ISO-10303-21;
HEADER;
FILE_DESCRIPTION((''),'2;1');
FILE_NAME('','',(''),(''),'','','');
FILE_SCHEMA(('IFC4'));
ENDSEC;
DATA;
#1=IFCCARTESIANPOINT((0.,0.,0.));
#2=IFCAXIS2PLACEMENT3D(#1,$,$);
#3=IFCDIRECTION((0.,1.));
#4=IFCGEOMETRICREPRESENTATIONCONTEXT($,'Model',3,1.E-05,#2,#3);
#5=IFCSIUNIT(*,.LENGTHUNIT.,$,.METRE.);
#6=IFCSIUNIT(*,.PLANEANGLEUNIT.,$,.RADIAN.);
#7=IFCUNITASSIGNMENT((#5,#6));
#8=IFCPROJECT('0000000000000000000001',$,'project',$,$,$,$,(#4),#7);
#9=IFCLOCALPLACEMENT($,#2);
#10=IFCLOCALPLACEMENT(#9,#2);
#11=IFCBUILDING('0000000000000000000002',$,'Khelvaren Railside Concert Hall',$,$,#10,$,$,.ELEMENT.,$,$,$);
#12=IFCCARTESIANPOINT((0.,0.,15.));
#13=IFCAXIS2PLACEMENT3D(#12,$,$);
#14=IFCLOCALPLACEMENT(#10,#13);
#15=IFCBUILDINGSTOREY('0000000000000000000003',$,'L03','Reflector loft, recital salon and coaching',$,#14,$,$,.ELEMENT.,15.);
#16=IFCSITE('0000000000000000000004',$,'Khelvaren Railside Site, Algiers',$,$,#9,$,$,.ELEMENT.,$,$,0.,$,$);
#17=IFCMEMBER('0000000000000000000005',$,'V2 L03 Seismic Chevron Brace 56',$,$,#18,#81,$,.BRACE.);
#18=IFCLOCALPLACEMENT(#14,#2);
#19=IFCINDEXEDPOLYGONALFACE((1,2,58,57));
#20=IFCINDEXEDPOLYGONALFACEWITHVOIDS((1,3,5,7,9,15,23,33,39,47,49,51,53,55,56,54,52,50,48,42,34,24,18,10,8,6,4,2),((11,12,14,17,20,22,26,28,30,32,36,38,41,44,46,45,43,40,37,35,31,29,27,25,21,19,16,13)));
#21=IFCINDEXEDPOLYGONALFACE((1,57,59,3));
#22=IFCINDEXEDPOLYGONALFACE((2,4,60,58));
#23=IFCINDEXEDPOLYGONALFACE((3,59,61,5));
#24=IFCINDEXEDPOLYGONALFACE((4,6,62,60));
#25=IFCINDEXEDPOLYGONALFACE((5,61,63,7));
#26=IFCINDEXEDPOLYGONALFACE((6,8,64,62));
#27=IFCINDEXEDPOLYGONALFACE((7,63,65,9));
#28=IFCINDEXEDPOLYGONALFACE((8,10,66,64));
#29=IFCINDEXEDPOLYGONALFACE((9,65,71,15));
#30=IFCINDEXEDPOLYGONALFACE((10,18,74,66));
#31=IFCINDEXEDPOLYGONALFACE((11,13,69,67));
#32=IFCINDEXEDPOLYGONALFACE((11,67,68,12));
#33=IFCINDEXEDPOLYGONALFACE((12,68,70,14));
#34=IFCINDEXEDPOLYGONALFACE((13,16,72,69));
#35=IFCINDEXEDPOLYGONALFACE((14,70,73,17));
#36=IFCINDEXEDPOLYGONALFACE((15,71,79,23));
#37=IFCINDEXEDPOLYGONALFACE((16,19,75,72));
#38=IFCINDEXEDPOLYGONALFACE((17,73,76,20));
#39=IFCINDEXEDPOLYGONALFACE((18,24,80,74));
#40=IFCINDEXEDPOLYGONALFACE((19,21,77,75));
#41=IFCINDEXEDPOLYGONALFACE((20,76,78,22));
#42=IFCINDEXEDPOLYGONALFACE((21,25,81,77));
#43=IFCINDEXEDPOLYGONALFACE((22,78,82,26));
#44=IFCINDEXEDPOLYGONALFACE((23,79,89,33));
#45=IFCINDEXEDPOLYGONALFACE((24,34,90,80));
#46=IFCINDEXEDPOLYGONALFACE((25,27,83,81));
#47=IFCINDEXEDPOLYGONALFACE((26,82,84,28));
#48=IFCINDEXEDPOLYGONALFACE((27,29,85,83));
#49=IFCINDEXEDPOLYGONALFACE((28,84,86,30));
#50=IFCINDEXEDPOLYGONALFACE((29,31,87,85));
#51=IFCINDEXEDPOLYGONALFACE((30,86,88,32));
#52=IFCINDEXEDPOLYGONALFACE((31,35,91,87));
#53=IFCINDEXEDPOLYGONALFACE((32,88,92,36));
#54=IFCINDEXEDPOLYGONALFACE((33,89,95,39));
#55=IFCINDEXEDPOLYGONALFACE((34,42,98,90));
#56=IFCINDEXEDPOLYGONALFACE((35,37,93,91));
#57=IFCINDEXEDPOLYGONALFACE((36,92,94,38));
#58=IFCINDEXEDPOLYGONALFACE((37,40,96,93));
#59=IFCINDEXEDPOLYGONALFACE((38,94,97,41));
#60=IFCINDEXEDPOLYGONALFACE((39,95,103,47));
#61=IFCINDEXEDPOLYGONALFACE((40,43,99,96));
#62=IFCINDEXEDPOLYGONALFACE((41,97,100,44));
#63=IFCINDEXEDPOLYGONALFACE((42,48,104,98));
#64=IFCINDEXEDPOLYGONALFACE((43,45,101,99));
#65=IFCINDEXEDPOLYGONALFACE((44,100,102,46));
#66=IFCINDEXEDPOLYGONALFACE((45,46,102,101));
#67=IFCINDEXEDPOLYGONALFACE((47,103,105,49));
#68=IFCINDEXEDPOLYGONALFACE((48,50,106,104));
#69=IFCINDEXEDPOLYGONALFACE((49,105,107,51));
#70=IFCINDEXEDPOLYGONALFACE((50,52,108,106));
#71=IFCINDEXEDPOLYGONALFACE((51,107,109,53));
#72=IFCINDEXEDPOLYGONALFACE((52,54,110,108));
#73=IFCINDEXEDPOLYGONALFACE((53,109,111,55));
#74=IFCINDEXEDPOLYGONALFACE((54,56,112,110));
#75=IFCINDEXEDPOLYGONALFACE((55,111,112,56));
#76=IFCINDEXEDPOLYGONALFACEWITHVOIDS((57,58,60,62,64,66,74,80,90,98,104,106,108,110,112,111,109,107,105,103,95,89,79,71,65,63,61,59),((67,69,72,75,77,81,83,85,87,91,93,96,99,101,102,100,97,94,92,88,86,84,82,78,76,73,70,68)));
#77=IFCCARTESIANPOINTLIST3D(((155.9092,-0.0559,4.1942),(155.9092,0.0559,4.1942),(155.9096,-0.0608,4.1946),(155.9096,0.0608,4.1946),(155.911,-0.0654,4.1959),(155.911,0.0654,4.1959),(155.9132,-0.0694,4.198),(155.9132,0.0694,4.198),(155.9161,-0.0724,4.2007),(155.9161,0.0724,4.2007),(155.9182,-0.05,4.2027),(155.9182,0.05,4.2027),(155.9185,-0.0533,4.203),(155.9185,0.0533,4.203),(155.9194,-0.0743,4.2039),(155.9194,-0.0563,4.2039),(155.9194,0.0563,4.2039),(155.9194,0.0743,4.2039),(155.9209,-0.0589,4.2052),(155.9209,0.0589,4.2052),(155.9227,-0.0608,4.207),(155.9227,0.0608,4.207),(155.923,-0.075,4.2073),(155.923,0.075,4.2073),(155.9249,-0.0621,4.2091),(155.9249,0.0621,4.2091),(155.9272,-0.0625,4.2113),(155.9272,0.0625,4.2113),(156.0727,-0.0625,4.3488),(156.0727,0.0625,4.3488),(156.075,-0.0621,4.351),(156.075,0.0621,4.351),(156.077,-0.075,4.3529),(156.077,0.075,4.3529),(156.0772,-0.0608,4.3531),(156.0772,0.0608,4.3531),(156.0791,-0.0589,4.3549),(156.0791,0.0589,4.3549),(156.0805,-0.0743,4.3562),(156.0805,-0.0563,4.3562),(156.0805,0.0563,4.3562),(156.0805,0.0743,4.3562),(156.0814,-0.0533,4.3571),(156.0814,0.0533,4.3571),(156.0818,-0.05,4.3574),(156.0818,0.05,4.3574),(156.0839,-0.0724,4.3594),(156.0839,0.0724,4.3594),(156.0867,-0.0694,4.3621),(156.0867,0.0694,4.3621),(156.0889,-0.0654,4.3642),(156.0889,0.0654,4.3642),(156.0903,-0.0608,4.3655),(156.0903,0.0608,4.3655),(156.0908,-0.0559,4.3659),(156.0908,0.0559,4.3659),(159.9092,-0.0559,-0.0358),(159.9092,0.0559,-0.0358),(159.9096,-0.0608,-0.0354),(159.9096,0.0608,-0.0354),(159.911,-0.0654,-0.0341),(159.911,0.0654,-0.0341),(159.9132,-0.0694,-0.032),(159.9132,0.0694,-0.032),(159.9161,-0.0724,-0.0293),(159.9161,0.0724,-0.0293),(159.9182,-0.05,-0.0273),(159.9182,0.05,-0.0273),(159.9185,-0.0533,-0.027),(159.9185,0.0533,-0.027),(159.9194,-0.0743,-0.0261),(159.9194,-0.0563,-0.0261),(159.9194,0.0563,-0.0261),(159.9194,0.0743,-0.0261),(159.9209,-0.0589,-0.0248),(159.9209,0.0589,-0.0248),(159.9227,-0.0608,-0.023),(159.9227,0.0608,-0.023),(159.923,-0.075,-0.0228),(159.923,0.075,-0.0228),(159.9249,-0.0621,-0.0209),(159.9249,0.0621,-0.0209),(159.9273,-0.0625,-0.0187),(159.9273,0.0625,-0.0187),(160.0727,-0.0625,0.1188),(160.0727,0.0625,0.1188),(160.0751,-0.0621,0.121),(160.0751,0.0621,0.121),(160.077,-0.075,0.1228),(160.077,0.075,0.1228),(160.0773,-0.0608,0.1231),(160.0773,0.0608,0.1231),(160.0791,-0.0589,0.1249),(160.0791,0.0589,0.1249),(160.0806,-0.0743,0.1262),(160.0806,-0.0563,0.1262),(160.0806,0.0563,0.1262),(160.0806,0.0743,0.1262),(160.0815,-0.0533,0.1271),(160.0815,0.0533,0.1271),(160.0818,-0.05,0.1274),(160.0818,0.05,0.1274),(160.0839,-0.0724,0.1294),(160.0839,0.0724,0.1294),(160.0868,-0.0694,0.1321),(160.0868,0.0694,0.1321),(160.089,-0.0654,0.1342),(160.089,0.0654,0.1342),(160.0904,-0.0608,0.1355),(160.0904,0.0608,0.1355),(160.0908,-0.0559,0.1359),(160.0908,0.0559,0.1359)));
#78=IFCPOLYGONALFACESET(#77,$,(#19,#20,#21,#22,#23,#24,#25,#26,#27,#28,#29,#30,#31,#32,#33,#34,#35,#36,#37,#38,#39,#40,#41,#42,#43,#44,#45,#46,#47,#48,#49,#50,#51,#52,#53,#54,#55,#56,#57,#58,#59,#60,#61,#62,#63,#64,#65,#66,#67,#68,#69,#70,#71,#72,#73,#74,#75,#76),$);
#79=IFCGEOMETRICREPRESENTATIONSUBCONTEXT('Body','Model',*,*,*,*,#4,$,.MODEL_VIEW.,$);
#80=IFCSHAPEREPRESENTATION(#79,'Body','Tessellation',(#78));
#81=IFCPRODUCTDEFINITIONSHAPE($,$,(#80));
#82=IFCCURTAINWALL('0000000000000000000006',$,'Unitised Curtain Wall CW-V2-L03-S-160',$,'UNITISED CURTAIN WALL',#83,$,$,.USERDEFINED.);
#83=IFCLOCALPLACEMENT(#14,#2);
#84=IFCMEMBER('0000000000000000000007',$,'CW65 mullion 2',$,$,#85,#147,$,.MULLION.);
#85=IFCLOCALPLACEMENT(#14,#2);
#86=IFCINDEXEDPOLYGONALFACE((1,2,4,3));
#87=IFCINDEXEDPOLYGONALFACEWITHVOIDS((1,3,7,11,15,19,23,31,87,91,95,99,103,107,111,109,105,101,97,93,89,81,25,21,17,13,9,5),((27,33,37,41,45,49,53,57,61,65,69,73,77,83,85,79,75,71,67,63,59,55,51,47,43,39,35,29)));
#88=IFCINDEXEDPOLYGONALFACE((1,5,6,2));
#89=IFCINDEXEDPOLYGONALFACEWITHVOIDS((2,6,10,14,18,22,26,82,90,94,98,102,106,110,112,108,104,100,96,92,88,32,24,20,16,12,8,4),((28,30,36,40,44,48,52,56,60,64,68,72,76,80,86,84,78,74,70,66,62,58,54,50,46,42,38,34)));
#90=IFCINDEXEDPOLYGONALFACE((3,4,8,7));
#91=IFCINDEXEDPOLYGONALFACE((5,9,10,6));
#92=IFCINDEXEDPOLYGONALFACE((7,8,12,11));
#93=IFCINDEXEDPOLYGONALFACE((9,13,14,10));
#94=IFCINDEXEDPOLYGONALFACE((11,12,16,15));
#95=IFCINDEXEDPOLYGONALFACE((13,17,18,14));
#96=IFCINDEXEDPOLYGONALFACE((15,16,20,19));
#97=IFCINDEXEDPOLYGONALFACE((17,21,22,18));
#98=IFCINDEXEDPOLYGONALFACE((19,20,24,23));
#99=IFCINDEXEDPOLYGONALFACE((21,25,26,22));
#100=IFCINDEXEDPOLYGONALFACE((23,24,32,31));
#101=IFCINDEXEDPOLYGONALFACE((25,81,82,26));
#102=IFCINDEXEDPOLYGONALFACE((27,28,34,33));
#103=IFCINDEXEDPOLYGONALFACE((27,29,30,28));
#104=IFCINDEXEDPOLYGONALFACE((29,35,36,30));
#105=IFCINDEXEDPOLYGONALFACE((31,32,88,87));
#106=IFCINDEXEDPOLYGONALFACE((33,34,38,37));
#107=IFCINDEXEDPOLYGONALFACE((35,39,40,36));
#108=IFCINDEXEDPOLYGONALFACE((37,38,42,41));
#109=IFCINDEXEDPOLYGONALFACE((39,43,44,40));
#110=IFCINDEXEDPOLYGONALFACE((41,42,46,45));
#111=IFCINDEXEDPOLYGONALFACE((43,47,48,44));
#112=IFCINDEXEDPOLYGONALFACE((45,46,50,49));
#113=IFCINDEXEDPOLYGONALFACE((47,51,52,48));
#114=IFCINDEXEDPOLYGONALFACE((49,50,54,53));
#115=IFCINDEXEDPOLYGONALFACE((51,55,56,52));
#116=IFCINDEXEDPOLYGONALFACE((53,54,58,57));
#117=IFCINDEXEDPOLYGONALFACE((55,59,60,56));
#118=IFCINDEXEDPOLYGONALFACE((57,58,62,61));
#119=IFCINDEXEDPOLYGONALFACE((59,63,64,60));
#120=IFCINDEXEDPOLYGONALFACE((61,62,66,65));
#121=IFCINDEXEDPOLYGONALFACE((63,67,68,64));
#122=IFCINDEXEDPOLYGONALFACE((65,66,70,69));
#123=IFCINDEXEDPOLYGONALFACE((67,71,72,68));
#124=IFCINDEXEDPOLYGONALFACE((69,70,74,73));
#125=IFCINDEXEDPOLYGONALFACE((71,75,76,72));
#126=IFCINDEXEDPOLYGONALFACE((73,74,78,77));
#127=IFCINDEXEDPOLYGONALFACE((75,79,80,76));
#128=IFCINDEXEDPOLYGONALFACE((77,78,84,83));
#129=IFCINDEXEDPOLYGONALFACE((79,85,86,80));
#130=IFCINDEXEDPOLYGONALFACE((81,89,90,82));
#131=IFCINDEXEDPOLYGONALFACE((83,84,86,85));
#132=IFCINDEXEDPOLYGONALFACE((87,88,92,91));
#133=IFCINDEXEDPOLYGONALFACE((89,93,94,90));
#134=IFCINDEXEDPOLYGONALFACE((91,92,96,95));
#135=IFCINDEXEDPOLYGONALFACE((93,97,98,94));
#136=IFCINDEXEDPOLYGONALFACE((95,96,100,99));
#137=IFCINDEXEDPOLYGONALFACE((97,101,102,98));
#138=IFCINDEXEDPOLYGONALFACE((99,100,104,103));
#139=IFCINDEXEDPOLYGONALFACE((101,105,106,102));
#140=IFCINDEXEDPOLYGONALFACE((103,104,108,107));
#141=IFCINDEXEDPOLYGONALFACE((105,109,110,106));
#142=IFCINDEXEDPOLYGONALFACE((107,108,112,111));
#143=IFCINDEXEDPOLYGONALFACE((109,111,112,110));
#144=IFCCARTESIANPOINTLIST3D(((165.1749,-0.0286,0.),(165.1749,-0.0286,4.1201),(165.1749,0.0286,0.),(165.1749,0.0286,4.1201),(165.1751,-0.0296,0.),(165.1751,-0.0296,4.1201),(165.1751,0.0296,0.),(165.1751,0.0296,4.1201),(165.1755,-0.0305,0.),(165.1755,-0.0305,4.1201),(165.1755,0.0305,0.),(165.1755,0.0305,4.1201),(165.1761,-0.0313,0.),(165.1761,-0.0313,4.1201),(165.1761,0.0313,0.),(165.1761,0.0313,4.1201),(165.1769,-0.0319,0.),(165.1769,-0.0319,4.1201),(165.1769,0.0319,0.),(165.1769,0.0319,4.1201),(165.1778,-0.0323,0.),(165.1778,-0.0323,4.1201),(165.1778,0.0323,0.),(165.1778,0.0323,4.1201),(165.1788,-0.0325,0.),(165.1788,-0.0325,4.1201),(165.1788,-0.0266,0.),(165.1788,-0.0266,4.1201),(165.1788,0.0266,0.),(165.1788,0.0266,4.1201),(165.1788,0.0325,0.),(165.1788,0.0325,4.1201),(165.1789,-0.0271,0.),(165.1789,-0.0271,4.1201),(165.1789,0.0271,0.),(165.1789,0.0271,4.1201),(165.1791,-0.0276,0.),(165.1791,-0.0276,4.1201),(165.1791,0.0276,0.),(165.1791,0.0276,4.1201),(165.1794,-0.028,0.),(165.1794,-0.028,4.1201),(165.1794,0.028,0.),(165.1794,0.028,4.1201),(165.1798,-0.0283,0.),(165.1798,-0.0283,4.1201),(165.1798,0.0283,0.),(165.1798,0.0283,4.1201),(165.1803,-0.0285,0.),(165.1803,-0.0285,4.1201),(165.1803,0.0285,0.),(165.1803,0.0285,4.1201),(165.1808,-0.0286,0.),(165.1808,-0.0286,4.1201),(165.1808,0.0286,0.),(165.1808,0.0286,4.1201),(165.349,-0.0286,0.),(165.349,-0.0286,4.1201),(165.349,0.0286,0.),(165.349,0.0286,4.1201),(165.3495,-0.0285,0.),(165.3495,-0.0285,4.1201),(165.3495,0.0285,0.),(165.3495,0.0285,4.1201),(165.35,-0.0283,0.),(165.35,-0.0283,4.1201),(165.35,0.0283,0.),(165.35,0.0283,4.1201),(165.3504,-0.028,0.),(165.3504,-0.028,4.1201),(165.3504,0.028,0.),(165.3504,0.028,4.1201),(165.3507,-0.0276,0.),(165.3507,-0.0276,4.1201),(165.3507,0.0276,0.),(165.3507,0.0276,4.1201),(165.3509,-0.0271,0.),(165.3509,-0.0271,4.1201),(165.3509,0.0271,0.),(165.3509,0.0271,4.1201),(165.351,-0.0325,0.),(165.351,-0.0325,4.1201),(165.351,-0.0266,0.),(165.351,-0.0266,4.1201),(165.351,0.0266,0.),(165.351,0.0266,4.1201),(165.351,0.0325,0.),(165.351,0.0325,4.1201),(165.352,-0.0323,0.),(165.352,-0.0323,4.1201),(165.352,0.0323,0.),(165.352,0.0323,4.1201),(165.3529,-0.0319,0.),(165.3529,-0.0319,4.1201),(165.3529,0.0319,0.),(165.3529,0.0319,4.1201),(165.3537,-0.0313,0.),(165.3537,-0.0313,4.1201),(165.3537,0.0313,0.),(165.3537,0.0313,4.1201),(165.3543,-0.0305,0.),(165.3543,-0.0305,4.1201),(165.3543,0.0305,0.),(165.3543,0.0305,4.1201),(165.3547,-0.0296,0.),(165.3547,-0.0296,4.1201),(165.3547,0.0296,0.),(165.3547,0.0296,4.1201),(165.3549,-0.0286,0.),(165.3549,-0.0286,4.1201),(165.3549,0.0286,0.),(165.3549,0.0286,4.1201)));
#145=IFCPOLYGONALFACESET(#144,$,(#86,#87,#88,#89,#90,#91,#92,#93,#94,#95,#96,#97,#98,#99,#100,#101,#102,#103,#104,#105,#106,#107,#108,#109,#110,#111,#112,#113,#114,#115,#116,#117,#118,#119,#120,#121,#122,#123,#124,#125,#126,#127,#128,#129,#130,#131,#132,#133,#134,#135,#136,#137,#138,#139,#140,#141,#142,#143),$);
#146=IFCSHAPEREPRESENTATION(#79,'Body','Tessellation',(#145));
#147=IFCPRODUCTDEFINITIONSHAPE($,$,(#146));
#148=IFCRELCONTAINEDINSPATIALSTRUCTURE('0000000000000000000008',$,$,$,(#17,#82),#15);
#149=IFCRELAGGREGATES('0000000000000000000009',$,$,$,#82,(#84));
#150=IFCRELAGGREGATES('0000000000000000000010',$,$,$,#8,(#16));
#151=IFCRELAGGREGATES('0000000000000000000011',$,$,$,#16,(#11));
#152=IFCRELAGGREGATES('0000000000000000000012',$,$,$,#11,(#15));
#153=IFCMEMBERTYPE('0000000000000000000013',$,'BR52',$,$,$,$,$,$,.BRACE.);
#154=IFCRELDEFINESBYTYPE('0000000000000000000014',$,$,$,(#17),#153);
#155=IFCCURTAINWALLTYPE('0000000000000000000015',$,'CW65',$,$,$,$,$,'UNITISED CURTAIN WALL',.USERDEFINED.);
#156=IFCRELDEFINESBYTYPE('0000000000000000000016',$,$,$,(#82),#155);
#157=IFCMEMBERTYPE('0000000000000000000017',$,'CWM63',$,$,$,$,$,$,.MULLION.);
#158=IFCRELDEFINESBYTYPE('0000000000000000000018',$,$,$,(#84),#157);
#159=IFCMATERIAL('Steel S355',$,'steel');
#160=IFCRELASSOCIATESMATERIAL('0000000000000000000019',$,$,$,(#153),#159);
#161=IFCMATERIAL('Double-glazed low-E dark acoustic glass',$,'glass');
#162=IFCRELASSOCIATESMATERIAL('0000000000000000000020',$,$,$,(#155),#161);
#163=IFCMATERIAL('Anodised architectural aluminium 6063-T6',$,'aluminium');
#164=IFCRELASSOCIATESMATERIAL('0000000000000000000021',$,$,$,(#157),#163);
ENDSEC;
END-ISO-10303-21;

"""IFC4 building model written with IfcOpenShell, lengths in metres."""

from ifc_helpers import new_model, si_unit, direction, frame, origin, origin_2d, place, context, subcontext, project, spatial, hollow_rectangle, extrude, material, material_profile, profile_set, type_object, element, aggregate, save


model = new_model("IFC4")

# Units and contexts
model_context = context("Model", 3, precision=1e-05, world=origin(), true_north=direction((0.0, 1.0)))
body_context = subcontext(model_context, "Body", "Model", "MODEL_VIEW")
ifc_project = project(units=[si_unit("LENGTHUNIT", "METRE"), si_unit("PLANEANGLEUNIT", "RADIAN")], contexts=[model_context])

# Site, building, storey
site_placement = place(None, origin())
site = spatial("IfcSite", under=ifc_project, at=site_placement, Name="Khelvaren Railside Site, Algiers", CompositionType="ELEMENT", RefElevation=0.0)
building_placement = place(site_placement, origin())
building = spatial("IfcBuilding", under=site, at=building_placement, Name="Khelvaren Railside Concert Hall", CompositionType="ELEMENT")
storey_placement = place(building_placement, frame((0.0, 0.0, 15.0)))
storey = spatial("IfcBuildingStorey", under=building, at=storey_placement, Name="L03", Description="Reflector loft, recital salon and coaching", CompositionType="ELEMENT", Elevation=15.0)

# Shared definitions
ifc_material_1 = material(Name="Steel S355", Category="steel")

# Member
ifc_material_profile_1 = material_profile(ifc_material_1, hollow_rectangle(XDim=0.1499, YDim=0.25, WallThickness=0.0125, InnerFilletRadius=0.0125, OuterFilletRadius=0.019, at=origin_2d()), Name="RHS 250x150x12.5")
ifc_profile_set_1 = profile_set([ifc_material_profile_1], Name="Steel S355")
member_type_1 = type_object("IfcMemberType", Name="BR52", PredefinedType="BRACE", material=ifc_profile_set_1)
member_1_placement = place(storey_placement, frame((160.0, 0.0, 0.05), z_axis=(-0.687079, 0.0, 0.726583), x_axis=(0.0, -1.0, 0.0)))
element("IfcMember", 1, at=member_1_placement, inside=storey, type_object=member_type_1, Name="V2 L03 Seismic Chevron Brace 56", PredefinedType="BRACE", context=body_context, shape_type="SweptSolid", body=[
    extrude(hollow_rectangle(XDim=0.1499, YDim=0.25, WallThickness=0.0125, InnerFilletRadius=0.0125, OuterFilletRadius=0.019, at=origin_2d()), origin(), (0.0, 0.0, 1.0), 5.8218),
])

# Curtain wall, member
ifc_material_2 = material(Name="Double-glazed low-E dark acoustic glass", Category="glass")
curtain_wall_type = type_object("IfcCurtainWallType", Name="CW65", ElementType="UNITISED CURTAIN WALL", PredefinedType="USERDEFINED", material=ifc_material_2)
curtain_wall_placement = place(storey_placement, origin())
curtain_wall = element("IfcCurtainWall", 2, at=curtain_wall_placement, inside=storey, type_object=curtain_wall_type, Name="Unitised Curtain Wall CW-V2-L03-S-160", ObjectType="UNITISED CURTAIN WALL", PredefinedType="USERDEFINED")
ifc_material_3 = material(Name="Anodised architectural aluminium 6063-T6", Category="aluminium")
ifc_material_profile_2 = material_profile(ifc_material_3, hollow_rectangle(XDim=0.0649, YDim=0.1799, WallThickness=0.0039, InnerFilletRadius=0.002, OuterFilletRadius=0.0039, at=origin_2d()), Name="CWM 65x180x4")
ifc_profile_set_2 = profile_set([ifc_material_profile_2], Name="Anodised architectural aluminium 6063-T6")
member_type_2 = type_object("IfcMemberType", Name="CWM63", PredefinedType="MULLION", material=ifc_profile_set_2)
member_2_placement = place(storey_placement, frame((165.2649, 0.0, 0.0), z_axis=(0.0, 0.0, 1.0), x_axis=(0.0, -1.0, 0.0)))
member_2 = element("IfcMember", 3, at=member_2_placement, type_object=member_type_2, Name="CW65 mullion 2", PredefinedType="MULLION", context=body_context, shape_type="SweptSolid", body=[
    extrude(hollow_rectangle(XDim=0.0649, YDim=0.1799, WallThickness=0.0039, InnerFilletRadius=0.002, OuterFilletRadius=0.0039, at=origin_2d()), origin(), (0.0, 0.0, 1.0), 4.1201),
])

aggregate(curtain_wall, [member_2])

save(model, "model.ifc")
